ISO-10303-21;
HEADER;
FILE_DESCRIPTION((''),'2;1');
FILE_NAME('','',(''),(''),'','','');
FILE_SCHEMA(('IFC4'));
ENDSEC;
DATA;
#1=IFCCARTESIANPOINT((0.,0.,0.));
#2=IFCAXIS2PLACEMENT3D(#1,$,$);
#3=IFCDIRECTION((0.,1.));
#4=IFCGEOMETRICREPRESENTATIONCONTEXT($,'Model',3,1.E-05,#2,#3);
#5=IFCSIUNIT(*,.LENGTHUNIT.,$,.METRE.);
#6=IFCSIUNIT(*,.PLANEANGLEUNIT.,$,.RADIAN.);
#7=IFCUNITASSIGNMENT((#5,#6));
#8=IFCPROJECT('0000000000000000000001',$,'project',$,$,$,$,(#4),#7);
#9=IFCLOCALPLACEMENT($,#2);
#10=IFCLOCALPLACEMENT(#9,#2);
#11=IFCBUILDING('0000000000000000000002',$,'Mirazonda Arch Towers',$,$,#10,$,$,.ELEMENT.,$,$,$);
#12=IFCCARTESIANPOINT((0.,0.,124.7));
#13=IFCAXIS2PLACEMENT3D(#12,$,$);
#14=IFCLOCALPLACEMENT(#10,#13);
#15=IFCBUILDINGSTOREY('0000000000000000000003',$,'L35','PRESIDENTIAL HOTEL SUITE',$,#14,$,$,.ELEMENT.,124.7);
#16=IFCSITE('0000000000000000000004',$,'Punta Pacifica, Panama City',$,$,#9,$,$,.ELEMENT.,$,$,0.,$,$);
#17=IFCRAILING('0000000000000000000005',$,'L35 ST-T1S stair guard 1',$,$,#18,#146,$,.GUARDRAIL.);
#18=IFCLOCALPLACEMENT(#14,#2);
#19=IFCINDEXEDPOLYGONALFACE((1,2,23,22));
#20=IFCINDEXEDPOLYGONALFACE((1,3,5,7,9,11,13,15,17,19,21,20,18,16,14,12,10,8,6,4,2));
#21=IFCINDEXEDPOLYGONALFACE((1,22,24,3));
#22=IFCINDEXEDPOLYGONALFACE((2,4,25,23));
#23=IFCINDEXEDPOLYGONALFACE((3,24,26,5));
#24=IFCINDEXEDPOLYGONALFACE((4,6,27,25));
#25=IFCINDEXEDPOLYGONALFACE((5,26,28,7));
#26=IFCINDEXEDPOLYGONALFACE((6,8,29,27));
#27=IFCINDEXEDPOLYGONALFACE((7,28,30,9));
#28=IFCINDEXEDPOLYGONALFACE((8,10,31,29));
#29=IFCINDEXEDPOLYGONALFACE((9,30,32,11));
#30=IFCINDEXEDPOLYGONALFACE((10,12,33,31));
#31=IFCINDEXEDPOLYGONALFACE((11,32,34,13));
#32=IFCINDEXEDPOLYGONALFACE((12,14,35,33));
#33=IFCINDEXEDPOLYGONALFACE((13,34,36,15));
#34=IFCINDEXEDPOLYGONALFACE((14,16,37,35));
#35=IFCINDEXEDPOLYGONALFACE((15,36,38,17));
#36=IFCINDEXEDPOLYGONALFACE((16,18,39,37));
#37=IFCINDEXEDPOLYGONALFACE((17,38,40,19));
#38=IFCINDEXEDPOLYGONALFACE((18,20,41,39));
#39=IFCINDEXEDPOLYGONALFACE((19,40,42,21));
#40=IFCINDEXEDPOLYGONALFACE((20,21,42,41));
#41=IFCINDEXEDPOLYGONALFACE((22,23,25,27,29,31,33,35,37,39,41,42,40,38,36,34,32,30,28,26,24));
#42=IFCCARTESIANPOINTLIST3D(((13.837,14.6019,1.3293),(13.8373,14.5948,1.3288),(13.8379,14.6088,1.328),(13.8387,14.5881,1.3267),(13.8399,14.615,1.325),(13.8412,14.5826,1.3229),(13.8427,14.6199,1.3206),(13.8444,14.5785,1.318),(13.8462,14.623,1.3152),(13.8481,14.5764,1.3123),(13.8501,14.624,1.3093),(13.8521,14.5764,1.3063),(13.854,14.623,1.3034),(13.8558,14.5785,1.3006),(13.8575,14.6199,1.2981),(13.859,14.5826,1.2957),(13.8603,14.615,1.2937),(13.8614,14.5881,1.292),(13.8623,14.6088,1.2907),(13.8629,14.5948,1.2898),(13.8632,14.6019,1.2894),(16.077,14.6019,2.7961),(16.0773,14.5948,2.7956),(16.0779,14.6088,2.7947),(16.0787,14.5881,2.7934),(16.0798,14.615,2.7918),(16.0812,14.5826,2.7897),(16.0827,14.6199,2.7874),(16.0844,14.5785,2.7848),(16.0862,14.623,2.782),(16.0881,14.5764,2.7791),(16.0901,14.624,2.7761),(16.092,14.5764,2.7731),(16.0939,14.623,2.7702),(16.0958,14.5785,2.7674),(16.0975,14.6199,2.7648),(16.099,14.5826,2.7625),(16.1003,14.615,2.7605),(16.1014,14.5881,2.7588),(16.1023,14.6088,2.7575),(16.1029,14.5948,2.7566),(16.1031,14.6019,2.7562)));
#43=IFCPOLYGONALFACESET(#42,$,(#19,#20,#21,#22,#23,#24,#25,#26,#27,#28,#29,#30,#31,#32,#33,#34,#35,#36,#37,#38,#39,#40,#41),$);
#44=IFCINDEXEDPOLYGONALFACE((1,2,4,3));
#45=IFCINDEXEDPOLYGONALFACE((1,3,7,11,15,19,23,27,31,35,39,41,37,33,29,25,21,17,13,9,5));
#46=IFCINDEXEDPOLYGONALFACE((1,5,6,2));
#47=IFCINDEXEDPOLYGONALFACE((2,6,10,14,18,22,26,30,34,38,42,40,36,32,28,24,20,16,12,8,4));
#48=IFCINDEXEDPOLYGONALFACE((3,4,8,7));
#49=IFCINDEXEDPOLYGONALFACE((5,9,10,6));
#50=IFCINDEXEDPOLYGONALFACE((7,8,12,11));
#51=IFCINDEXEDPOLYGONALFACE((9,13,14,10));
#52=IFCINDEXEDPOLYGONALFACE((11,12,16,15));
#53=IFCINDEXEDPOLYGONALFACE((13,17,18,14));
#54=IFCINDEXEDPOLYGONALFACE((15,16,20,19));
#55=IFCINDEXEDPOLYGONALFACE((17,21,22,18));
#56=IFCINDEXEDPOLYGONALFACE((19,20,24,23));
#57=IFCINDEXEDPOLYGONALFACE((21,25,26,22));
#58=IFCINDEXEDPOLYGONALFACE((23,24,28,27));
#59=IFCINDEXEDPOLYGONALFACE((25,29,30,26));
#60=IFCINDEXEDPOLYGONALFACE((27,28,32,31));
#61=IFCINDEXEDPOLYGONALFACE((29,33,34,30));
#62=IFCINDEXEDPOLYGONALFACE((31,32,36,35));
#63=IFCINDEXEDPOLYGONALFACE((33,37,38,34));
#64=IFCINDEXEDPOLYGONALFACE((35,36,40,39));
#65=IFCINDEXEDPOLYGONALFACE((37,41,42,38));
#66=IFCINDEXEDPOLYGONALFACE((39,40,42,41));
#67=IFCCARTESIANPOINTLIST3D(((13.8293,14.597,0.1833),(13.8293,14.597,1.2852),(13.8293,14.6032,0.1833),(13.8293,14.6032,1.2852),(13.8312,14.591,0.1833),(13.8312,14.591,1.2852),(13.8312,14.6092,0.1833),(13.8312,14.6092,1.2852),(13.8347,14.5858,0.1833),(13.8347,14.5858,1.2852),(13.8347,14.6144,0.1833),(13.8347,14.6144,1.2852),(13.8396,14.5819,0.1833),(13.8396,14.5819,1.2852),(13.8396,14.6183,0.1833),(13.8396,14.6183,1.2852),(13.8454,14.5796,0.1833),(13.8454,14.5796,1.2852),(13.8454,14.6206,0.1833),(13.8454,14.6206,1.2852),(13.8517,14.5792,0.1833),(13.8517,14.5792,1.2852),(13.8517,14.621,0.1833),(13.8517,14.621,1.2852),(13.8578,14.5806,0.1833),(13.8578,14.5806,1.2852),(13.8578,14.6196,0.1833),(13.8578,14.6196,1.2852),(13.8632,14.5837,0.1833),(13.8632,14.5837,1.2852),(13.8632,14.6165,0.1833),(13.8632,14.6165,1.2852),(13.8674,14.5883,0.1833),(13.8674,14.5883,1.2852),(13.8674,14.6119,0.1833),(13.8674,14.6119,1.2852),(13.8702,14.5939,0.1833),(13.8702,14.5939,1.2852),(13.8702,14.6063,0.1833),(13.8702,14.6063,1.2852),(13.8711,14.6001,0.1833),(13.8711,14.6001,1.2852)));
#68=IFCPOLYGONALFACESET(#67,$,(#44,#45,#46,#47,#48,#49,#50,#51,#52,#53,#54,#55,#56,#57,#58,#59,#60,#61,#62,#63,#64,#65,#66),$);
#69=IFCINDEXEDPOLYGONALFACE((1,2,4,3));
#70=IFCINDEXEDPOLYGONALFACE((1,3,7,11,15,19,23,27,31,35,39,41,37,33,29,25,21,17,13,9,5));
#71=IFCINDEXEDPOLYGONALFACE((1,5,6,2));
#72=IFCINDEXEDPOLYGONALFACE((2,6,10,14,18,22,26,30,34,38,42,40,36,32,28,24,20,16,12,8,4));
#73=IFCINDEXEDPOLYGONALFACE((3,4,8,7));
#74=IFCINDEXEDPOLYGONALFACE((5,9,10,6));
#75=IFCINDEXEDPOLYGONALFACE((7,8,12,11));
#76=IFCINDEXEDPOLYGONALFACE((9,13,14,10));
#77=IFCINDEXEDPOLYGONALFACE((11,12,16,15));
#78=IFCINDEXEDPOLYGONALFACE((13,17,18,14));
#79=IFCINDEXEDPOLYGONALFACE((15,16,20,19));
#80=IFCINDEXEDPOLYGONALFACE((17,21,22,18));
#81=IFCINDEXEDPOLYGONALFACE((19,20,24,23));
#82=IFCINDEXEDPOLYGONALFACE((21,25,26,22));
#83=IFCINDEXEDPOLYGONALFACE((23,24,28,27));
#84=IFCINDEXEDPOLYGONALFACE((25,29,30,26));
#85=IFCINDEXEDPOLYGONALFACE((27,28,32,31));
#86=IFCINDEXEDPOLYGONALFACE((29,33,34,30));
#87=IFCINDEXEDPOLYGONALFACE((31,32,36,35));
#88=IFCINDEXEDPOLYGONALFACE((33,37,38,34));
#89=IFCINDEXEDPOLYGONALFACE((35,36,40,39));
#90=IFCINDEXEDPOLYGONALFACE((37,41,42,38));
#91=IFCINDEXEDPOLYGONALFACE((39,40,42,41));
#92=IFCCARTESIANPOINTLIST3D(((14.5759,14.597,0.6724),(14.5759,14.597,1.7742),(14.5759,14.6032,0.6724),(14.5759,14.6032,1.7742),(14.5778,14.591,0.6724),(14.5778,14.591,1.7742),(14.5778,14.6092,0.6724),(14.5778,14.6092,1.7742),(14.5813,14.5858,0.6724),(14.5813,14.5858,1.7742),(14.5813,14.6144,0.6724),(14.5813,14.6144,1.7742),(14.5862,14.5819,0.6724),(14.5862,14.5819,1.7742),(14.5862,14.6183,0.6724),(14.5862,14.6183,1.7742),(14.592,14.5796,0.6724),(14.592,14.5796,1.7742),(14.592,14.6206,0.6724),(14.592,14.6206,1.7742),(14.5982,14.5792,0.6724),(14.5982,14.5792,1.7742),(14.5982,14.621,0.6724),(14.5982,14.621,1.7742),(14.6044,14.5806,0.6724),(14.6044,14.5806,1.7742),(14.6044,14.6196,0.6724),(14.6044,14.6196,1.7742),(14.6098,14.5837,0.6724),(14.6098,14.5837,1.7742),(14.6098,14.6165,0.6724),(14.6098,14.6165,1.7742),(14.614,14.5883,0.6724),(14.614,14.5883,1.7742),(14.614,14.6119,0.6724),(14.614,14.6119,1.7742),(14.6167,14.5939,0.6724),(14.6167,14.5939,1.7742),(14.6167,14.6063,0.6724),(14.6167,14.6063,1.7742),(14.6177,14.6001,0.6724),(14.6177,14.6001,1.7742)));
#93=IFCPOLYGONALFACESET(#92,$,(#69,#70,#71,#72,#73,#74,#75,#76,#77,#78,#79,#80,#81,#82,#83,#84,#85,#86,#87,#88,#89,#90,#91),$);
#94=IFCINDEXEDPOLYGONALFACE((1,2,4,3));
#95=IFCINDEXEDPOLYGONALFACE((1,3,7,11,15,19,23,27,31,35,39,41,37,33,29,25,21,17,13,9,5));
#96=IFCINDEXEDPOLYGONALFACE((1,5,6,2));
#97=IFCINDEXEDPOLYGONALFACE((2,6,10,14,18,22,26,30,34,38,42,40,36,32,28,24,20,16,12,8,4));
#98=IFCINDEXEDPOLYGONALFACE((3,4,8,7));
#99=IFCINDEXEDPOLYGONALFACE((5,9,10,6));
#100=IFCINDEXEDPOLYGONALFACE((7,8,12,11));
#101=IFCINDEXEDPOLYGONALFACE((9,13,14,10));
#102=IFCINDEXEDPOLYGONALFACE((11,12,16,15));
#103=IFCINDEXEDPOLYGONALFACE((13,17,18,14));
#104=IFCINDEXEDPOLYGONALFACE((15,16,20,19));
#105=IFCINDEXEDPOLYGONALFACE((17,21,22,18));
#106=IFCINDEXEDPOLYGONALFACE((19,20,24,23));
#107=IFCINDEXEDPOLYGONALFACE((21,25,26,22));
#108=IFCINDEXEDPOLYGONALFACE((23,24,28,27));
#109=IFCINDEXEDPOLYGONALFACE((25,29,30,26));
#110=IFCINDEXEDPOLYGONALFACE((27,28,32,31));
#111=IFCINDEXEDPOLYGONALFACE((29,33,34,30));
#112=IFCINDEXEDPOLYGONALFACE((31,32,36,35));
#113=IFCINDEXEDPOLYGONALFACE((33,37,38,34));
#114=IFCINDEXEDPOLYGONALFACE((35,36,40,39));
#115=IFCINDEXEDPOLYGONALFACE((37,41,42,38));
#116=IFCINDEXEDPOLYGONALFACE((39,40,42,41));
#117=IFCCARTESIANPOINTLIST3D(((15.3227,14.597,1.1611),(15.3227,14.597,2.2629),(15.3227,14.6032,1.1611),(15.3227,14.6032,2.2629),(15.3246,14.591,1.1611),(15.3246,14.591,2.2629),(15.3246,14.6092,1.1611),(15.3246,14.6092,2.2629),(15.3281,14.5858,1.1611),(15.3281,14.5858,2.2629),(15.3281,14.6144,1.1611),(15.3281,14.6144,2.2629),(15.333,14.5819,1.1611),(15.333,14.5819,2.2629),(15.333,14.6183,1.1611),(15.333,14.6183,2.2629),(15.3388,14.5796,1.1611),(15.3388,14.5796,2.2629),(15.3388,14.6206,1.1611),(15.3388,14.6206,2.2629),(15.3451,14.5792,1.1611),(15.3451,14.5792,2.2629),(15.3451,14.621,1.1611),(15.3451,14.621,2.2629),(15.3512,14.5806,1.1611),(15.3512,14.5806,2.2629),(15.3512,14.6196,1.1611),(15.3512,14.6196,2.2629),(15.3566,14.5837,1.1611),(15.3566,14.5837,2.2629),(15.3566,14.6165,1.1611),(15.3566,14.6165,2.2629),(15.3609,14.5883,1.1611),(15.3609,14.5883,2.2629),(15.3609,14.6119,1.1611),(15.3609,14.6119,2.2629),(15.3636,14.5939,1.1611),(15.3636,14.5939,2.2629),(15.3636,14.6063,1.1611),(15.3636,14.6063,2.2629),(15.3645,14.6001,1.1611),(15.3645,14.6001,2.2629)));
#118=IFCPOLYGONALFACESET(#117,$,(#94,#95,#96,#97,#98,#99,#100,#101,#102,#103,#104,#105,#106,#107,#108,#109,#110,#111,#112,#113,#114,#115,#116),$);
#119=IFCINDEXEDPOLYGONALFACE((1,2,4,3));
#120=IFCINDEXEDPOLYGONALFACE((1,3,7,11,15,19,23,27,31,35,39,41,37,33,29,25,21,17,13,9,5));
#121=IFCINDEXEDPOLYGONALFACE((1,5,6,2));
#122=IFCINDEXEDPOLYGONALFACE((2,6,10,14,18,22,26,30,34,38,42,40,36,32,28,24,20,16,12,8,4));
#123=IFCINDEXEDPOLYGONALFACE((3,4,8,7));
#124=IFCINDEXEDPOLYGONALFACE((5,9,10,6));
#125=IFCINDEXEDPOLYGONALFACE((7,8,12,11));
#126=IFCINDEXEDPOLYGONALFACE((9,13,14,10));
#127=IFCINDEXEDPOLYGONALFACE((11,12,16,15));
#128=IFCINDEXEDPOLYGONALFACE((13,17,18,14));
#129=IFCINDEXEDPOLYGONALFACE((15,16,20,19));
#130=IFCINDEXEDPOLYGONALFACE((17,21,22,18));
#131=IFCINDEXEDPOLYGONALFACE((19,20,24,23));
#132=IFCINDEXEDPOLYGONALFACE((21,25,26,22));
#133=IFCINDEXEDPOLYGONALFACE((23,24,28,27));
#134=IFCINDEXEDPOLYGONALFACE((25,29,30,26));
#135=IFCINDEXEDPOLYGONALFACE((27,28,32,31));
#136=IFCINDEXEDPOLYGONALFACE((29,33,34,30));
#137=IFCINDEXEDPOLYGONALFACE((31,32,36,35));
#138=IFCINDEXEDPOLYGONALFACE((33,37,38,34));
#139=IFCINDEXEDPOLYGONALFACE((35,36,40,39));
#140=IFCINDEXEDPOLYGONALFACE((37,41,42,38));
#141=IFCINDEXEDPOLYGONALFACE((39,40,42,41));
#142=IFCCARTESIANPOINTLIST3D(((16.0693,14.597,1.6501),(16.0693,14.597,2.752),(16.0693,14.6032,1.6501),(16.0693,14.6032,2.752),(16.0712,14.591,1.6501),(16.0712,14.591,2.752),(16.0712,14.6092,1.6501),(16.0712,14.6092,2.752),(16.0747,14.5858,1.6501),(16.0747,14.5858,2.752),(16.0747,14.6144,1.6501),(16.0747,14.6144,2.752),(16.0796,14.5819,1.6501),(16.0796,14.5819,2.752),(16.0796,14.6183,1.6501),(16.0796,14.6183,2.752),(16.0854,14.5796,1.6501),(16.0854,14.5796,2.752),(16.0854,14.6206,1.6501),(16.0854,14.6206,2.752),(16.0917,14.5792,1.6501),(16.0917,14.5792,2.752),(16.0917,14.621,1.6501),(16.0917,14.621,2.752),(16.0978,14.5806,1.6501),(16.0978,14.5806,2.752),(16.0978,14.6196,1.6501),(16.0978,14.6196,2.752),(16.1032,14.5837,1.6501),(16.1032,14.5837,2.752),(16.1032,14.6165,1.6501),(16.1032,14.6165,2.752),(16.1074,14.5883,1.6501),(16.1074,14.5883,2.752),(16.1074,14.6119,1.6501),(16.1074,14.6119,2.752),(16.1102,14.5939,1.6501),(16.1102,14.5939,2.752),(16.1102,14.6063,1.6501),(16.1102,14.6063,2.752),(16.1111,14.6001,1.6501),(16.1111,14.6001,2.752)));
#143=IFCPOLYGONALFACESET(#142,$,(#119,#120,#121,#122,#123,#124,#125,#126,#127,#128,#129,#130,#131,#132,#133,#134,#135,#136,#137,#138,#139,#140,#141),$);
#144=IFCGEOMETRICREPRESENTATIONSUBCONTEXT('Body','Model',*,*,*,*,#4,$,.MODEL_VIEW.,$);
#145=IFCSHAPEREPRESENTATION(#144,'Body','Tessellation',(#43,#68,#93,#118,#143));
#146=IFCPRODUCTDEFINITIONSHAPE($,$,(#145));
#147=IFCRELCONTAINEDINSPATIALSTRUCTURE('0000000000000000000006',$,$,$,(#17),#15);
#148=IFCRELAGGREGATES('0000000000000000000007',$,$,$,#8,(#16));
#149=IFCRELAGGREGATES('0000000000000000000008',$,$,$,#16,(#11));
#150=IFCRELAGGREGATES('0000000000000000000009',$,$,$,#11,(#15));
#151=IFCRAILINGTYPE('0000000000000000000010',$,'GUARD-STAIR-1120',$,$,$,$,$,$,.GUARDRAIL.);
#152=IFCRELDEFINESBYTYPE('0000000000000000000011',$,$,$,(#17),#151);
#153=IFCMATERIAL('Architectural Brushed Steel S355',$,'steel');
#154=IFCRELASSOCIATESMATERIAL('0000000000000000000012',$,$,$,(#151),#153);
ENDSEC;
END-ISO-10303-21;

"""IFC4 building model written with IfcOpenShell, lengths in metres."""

from ifc_helpers import new_model, si_unit, direction, frame, origin, origin_2d, place, context, subcontext, project, spatial, circle, extrude, material, type_object, element, save


model = new_model("IFC4")

# Units and contexts
model_context = context("Model", 3, precision=1e-05, world=origin(), true_north=direction((0.0, 1.0)))
body_context = subcontext(model_context, "Body", "Model", "MODEL_VIEW")
ifc_project = project(units=[si_unit("LENGTHUNIT", "METRE"), si_unit("PLANEANGLEUNIT", "RADIAN")], contexts=[model_context])

# Site, building, storey
site_placement = place(None, origin())
site = spatial("IfcSite", under=ifc_project, at=site_placement, Name="Punta Pacifica, Panama City", CompositionType="ELEMENT", RefElevation=0.0)
building_placement = place(site_placement, origin())
building = spatial("IfcBuilding", under=site, at=building_placement, Name="Mirazonda Arch Towers", CompositionType="ELEMENT")
storey_placement = place(building_placement, frame((0.0, 0.0, 124.7)))
storey = spatial("IfcBuildingStorey", under=building, at=storey_placement, Name="L35", Description="PRESIDENTIAL HOTEL SUITE", CompositionType="ELEMENT", Elevation=124.7)

# Shared definitions
ifc_material_1 = material(Name="Architectural Brushed Steel S355", Category="steel")

# Railing
railing_type_1 = type_object("IfcRailingType", Name="GUARD-STAIR-1120", PredefinedType="GUARDRAIL", material=ifc_material_1)
railing_1_placement = place(storey_placement, frame((13.8501, 14.6001, 0.1833)))
element("IfcRailing", 1, at=railing_1_placement, inside=storey, type_object=railing_type_1, Name="L35 ST-T1S stair guard 1", PredefinedType="GUARDRAIL", context=body_context, shape_type="SweptSolid", body=[
    extrude(circle(Radius=0.0239, at=origin_2d()), frame((0.0, 0.0, 1.126), z_axis=(0.836595, 0.0, 0.547822), x_axis=(0.0, 1.0, 0.0)), (0.0, 0.0, 1.0), 2.6775),
    extrude(circle(Radius=0.021, at=origin_2d()), origin(), (0.0, 0.0, 1.0), 1.1018),
    extrude(circle(Radius=0.021, at=origin_2d()), frame((0.7466, 0.0, 0.489)), (0.0, 0.0, 1.0), 1.1018),
    extrude(circle(Radius=0.021, at=origin_2d()), frame((1.4934, 0.0, 0.9778)), (0.0, 0.0, 1.0), 1.1018),
    extrude(circle(Radius=0.021, at=origin_2d()), frame((2.24, 0.0, 1.4668)), (0.0, 0.0, 1.0), 1.1018),
])

save(model, "model.ifc")
